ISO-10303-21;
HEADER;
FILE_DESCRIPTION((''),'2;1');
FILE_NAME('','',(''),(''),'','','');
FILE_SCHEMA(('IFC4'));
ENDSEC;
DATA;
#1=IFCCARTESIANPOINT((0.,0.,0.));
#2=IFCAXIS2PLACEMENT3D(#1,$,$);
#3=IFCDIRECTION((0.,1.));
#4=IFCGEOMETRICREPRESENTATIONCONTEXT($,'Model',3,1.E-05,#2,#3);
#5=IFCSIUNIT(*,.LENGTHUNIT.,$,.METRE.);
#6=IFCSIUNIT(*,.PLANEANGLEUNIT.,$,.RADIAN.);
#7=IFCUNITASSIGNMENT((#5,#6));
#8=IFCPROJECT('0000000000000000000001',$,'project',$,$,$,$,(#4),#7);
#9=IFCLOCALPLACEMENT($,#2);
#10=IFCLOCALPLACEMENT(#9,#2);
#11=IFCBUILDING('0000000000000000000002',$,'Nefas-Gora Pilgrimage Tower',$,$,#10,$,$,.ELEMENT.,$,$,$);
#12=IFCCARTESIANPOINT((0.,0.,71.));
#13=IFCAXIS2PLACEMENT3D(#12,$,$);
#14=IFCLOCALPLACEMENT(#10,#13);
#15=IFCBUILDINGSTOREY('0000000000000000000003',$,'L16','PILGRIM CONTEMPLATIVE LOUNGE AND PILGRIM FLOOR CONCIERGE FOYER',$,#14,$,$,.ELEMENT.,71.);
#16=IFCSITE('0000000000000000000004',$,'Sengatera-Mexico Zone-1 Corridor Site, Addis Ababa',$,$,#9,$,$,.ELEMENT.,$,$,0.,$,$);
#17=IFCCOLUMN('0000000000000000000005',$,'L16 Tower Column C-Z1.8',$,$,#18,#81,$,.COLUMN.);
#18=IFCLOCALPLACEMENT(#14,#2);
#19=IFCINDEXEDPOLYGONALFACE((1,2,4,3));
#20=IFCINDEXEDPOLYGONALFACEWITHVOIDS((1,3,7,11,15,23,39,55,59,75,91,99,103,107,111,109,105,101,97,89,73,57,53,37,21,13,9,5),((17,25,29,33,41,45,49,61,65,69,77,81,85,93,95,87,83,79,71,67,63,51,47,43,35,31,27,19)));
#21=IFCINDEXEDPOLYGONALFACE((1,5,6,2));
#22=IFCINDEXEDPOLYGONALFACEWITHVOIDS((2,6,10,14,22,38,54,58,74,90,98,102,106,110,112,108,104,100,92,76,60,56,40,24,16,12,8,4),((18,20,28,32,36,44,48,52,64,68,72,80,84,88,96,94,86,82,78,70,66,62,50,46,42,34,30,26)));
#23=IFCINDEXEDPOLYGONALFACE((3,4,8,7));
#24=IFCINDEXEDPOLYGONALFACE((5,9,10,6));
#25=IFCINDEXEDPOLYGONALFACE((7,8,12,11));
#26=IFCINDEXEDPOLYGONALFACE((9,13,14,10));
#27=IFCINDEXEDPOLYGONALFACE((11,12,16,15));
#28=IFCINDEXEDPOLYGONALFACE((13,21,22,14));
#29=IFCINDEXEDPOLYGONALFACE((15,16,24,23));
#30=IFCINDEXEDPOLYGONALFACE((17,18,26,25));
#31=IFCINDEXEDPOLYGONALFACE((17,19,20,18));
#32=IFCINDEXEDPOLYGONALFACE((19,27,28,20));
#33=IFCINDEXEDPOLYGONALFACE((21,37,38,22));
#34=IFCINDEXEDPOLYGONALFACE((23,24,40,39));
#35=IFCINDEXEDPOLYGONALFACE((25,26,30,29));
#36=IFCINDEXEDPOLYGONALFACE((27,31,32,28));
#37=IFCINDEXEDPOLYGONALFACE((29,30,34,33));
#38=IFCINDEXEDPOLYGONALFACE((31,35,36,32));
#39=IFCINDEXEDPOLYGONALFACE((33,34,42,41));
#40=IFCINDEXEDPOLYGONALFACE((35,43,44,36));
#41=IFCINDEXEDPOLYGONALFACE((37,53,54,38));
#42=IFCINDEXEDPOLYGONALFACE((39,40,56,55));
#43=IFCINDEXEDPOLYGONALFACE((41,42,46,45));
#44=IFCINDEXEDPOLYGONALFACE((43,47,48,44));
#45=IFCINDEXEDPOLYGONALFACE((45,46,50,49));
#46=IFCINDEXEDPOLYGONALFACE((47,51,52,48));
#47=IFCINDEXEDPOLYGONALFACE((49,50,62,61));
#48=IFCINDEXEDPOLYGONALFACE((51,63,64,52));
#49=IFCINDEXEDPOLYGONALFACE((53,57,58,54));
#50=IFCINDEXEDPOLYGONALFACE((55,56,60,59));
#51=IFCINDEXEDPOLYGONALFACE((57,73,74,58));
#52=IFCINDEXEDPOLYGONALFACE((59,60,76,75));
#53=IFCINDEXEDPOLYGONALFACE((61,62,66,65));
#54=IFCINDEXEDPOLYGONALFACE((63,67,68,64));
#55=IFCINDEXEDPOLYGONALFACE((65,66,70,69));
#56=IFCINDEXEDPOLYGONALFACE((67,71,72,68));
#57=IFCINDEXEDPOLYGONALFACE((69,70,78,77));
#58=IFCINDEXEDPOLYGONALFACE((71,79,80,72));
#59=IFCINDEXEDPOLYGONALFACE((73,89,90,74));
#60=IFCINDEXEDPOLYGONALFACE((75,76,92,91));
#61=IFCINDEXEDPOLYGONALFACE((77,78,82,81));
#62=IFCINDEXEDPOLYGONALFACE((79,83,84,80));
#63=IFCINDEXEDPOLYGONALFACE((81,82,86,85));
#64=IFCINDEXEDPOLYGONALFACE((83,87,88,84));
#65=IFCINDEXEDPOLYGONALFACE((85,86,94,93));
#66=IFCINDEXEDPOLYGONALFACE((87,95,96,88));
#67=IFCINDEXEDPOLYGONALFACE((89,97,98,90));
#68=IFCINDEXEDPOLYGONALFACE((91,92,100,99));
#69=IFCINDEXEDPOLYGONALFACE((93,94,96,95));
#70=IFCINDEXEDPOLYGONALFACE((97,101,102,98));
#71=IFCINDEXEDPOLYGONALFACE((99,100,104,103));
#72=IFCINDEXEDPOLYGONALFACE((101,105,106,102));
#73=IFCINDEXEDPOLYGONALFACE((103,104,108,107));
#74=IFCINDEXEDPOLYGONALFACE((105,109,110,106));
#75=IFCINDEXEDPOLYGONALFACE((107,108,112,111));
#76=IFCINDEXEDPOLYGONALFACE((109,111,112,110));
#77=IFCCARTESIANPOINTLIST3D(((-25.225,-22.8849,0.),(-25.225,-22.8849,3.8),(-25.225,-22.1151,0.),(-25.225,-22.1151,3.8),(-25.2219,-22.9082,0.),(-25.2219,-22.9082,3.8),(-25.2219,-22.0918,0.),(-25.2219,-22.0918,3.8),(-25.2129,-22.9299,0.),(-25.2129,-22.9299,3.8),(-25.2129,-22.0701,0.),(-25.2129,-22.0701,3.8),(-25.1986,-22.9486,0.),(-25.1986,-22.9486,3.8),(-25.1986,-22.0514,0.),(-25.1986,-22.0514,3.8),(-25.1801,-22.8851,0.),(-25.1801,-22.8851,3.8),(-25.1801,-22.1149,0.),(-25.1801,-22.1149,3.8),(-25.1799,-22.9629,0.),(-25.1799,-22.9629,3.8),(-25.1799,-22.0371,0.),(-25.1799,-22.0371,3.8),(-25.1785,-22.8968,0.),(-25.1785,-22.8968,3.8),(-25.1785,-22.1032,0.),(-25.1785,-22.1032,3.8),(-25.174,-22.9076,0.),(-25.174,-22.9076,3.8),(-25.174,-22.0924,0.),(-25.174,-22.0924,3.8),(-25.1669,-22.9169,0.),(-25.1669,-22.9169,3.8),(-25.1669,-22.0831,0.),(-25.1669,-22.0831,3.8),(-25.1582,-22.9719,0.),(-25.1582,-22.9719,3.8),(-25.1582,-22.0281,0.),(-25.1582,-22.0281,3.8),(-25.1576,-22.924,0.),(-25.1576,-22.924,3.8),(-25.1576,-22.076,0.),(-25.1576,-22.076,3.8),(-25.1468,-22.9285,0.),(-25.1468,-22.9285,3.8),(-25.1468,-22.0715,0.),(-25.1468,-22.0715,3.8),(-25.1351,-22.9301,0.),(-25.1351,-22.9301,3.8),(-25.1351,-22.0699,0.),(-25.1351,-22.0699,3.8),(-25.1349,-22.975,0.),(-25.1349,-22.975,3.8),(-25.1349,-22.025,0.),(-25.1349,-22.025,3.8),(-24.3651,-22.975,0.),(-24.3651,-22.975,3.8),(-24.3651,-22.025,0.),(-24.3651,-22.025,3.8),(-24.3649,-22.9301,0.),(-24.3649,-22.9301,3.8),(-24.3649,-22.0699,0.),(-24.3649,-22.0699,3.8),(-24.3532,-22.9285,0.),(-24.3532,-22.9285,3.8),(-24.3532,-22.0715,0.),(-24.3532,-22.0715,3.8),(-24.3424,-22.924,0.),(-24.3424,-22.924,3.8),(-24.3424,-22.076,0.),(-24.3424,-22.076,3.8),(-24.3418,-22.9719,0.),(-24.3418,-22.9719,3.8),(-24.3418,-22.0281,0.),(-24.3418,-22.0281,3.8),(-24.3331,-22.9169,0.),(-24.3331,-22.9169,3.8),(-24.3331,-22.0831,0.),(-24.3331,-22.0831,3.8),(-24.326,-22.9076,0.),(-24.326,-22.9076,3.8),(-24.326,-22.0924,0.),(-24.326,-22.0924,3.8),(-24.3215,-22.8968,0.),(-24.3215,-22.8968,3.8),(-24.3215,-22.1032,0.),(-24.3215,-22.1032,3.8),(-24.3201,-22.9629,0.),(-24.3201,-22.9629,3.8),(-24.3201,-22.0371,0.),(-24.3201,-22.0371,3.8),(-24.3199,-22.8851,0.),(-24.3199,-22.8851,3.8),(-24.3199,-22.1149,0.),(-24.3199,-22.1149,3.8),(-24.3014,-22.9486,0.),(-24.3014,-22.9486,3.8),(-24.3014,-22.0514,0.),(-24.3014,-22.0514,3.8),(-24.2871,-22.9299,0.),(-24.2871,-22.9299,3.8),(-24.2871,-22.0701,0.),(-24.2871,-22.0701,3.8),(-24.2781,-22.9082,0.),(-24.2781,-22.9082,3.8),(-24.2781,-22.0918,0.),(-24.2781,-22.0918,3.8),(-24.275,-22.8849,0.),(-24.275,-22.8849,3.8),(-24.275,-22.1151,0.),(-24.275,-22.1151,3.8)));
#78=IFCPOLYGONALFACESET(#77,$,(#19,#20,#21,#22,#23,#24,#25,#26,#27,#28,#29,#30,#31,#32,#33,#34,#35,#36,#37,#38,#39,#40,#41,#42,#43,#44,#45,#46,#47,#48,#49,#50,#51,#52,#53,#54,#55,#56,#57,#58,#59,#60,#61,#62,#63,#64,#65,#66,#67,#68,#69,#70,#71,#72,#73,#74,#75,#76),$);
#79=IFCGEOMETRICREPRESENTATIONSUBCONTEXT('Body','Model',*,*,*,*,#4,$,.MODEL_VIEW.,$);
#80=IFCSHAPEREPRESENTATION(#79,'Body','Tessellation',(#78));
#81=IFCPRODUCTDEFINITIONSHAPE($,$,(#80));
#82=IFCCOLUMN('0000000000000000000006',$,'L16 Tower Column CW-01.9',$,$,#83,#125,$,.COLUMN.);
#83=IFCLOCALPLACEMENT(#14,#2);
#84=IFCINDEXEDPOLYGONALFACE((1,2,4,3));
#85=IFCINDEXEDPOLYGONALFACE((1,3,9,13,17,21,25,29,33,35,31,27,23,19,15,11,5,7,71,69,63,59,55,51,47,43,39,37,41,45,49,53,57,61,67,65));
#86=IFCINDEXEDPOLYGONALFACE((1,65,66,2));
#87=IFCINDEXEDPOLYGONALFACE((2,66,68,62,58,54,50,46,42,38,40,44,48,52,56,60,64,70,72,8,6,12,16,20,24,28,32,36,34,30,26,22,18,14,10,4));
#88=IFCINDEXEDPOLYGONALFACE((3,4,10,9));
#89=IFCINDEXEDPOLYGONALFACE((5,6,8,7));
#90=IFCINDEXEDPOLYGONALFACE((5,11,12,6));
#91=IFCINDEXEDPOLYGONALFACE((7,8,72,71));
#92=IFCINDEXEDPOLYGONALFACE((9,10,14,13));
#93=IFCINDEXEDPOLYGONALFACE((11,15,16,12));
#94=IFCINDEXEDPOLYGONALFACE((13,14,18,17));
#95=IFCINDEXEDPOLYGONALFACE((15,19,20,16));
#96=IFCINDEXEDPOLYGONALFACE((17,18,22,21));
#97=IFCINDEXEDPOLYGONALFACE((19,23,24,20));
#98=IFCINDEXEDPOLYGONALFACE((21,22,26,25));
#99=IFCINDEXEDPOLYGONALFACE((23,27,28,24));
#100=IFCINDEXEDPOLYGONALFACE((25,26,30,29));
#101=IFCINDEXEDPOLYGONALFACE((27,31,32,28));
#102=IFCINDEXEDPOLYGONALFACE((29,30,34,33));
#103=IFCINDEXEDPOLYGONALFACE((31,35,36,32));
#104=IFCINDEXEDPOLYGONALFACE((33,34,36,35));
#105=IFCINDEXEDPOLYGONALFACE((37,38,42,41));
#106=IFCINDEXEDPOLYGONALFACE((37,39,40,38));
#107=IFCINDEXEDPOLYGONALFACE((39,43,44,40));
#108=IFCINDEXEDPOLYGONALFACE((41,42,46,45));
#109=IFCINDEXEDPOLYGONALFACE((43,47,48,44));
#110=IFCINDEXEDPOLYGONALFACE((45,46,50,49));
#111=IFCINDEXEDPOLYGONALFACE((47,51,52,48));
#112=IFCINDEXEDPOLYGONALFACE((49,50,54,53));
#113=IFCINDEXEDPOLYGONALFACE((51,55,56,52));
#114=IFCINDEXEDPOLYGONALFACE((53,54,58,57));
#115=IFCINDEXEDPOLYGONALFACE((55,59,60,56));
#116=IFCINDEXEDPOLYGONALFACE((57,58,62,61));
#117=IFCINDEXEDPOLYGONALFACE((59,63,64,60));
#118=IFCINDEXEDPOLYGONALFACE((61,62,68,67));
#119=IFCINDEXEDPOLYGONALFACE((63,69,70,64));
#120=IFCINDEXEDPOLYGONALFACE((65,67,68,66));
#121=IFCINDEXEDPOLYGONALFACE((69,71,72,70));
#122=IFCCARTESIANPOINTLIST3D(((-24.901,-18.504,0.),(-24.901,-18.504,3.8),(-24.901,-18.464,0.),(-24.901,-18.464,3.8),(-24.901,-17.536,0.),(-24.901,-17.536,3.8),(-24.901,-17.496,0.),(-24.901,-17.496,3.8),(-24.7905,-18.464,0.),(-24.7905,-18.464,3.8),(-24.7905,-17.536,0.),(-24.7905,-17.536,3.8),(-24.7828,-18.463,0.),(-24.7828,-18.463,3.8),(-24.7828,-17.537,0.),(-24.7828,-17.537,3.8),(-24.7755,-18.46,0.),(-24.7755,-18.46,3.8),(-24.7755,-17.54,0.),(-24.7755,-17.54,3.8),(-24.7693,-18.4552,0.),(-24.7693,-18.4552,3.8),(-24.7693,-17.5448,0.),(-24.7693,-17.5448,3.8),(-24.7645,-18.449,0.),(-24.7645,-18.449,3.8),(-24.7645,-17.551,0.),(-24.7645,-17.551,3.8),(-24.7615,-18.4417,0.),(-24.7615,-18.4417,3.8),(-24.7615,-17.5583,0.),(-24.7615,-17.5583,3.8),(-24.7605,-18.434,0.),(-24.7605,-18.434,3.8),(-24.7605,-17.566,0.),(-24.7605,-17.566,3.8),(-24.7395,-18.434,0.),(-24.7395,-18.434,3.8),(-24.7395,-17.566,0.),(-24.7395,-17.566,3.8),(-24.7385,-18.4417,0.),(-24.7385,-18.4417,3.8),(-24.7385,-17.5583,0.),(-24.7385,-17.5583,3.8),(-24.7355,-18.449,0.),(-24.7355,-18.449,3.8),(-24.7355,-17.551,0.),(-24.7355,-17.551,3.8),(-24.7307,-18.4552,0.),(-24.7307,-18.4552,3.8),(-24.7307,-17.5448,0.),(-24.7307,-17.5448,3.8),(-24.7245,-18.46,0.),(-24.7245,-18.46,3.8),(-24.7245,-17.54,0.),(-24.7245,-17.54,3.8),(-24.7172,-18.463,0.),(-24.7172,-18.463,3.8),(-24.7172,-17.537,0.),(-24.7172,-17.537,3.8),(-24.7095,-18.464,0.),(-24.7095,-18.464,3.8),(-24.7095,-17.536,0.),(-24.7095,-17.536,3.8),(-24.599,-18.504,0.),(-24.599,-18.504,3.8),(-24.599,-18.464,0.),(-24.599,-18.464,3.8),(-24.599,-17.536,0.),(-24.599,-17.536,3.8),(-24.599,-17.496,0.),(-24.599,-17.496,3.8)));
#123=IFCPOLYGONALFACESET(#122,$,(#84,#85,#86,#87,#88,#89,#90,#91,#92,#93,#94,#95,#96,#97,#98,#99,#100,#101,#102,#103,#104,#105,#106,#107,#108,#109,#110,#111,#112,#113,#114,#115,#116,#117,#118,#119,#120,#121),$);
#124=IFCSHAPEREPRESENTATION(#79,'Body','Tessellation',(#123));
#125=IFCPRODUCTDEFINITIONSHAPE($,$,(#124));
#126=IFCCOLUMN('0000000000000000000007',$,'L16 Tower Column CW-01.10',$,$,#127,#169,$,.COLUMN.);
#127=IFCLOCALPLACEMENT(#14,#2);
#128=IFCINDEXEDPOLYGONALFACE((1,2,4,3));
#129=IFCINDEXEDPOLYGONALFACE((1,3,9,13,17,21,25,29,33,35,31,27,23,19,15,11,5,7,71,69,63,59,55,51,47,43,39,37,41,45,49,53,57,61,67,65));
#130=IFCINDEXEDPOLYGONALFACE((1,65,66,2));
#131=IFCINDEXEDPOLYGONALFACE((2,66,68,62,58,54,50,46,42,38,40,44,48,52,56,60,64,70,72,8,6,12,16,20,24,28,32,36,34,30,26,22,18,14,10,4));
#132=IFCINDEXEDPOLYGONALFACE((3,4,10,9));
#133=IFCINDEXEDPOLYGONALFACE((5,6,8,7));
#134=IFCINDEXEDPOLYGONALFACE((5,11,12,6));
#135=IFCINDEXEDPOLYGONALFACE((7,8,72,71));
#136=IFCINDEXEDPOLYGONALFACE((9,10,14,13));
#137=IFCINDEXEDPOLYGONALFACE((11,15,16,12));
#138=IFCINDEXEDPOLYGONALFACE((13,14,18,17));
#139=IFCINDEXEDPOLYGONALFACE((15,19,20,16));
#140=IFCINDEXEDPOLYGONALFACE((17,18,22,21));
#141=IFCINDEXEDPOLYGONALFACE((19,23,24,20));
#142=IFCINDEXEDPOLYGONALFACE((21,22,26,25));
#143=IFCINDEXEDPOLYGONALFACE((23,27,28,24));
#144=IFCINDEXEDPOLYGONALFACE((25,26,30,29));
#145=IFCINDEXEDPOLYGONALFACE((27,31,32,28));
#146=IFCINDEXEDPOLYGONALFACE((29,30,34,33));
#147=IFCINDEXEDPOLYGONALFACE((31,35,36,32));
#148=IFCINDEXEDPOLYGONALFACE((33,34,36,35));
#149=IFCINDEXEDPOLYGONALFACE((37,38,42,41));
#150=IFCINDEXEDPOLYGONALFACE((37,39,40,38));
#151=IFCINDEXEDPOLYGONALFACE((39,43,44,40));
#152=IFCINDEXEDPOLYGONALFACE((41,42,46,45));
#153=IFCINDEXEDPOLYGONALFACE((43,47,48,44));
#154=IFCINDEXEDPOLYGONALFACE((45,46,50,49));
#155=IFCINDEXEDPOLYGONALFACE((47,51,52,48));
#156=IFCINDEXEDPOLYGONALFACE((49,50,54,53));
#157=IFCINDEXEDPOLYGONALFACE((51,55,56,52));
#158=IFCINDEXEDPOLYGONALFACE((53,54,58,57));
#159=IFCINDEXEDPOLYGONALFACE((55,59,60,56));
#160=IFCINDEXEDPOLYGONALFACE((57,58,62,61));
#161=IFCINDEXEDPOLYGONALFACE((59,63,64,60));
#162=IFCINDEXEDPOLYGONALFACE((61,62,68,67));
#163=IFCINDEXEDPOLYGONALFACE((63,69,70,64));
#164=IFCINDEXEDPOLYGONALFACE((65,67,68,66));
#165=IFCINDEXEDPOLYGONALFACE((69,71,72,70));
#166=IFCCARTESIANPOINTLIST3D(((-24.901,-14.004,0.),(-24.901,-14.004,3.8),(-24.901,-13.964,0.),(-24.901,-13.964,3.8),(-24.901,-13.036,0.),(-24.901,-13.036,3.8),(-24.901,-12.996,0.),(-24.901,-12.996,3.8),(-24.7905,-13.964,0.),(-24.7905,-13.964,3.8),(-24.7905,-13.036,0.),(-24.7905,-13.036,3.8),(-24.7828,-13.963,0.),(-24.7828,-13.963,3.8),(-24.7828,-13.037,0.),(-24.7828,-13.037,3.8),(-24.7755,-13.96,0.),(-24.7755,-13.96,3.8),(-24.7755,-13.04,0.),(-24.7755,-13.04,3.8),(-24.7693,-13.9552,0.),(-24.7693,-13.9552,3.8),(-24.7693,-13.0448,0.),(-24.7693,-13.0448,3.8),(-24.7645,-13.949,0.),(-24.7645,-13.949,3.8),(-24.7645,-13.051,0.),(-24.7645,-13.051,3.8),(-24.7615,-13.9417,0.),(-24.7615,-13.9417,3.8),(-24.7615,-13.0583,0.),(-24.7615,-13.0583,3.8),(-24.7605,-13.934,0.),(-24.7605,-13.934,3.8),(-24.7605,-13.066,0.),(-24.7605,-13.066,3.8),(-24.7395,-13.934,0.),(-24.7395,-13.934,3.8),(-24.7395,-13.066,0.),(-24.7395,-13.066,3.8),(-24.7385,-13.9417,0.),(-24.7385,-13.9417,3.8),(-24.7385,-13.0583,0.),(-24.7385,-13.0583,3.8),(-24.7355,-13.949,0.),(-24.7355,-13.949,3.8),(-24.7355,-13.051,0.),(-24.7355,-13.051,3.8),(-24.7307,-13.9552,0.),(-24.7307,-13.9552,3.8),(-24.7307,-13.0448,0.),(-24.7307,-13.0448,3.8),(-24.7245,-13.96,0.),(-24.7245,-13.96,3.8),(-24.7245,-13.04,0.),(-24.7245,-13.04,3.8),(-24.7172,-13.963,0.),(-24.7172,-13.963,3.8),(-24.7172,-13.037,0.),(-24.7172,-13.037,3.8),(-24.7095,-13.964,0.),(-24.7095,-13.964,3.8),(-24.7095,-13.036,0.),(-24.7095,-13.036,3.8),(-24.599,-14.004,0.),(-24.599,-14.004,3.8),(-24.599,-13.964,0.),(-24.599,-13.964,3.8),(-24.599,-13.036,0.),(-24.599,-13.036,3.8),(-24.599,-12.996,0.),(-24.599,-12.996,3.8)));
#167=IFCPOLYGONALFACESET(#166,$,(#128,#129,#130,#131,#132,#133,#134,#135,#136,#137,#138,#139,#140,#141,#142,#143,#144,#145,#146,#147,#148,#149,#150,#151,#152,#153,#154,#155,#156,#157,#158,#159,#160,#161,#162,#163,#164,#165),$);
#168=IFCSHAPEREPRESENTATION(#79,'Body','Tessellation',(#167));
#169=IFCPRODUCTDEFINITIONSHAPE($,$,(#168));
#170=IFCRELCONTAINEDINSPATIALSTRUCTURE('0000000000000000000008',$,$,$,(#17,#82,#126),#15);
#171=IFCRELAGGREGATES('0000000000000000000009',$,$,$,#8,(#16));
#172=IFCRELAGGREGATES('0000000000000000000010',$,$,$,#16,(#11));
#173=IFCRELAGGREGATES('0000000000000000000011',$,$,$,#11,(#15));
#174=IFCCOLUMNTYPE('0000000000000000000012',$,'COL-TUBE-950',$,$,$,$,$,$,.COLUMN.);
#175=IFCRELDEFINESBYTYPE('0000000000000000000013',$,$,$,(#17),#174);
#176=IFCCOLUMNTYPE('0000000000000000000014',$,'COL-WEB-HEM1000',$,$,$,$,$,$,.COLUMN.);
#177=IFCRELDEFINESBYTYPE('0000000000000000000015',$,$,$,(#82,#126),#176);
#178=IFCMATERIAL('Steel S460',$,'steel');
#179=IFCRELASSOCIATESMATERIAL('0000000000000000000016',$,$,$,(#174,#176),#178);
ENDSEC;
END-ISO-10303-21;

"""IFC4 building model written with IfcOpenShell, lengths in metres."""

from ifc_helpers import new_model, si_unit, direction, frame, origin, origin_2d, place, context, subcontext, project, spatial, hollow_rectangle, i_section, extrude, source, transform, mapped, material, material_profile, profile_set, type_object, element, save


model = new_model("IFC4")

# Units and contexts
model_context = context("Model", 3, precision=1e-05, world=origin(), true_north=direction((0.0, 1.0)))
body_context = subcontext(model_context, "Body", "Model", "MODEL_VIEW")
ifc_project = project(units=[si_unit("LENGTHUNIT", "METRE"), si_unit("PLANEANGLEUNIT", "RADIAN")], contexts=[model_context])

# Site, building, storey
site_placement = place(None, origin())
site = spatial("IfcSite", under=ifc_project, at=site_placement, Name="Sengatera-Mexico Zone-1 Corridor Site, Addis Ababa", CompositionType="ELEMENT", RefElevation=0.0)
building_placement = place(site_placement, origin())
building = spatial("IfcBuilding", under=site, at=building_placement, Name="Nefas-Gora Pilgrimage Tower", CompositionType="ELEMENT")
storey_placement = place(building_placement, frame((0.0, 0.0, 71.0)))
storey = spatial("IfcBuildingStorey", under=building, at=storey_placement, Name="L16", Description="PILGRIM CONTEMPLATIVE LOUNGE AND PILGRIM FLOOR CONCIERGE FOYER", CompositionType="ELEMENT", Elevation=71.0)

# Columns
ifc_material_1 = material(Name="Steel S460", Category="steel")
ifc_material_profile_1 = material_profile(ifc_material_1, hollow_rectangle(XDim=0.95, YDim=0.95, WallThickness=0.0449, InnerFilletRadius=0.0449, OuterFilletRadius=0.0901, at=origin_2d()), Name="BOX 950x950x45")
ifc_profile_set_1 = profile_set([ifc_material_profile_1], Name="Steel S460")
column_type_1 = type_object("IfcColumnType", Name="COL-TUBE-950", PredefinedType="COLUMN", material=ifc_profile_set_1)
shared_shape_1 = source(origin(), body_context, "Body", "SweptSolid", [
    extrude(hollow_rectangle(XDim=0.95, YDim=0.95, WallThickness=0.0449, InnerFilletRadius=0.0449, OuterFilletRadius=0.0901, at=origin_2d()), origin(), (0.0, 0.0, 1.0), 3.8),
])
for number, where, z_axis, x_axis, name in (
    (1, (-24.75, -22.5, 0.0), (0.0, 0.0, 1.0), (1.0, 0.0, 0.0), "L16 Tower Column C-Z1.8"),
):
    element("IfcColumn", number, at=place(storey_placement, frame(where, z_axis=z_axis, x_axis=x_axis)), inside=storey, type_object=column_type_1, Name=name, PredefinedType="COLUMN", context=body_context, shape_type="MappedRepresentation", body=[
        mapped(shared_shape_1, transform((0.0, 0.0, 0.0), x_axis=(1.0, 0.0, 0.0), y_axis=(0.0, 1.0, 0.0), z_axis=(0.0, 0.0, 1.0), scale=1.0)),
    ])
ifc_material_profile_2 = material_profile(ifc_material_1, i_section(OverallWidth=0.302, OverallDepth=1.0081, WebThickness=0.021, FlangeThickness=0.04, FilletRadius=0.03, at=origin_2d()), Name="HEM 1000")
ifc_profile_set_2 = profile_set([ifc_material_profile_2], Name="Steel S460")
column_type_2 = type_object("IfcColumnType", Name="COL-WEB-HEM1000", PredefinedType="COLUMN", material=ifc_profile_set_2)
shared_shape_2 = source(origin(), body_context, "Body", "SweptSolid", [
    extrude(i_section(OverallWidth=0.302, OverallDepth=1.0081, WebThickness=0.021, FlangeThickness=0.04, FilletRadius=0.03, at=origin_2d()), origin(), (0.0, 0.0, 1.0), 3.8),
])
for number, where, z_axis, x_axis, name in (
    (2, (-24.75, -18.0, 0.0), (0.0, 0.0, 1.0), (1.0, 0.0, 0.0), "L16 Tower Column CW-01.9"),
    (3, (-24.75, -13.5, 0.0), (0.0, 0.0, 1.0), (1.0, 0.0, 0.0), "L16 Tower Column CW-01.10"),
):
    element("IfcColumn", number, at=place(storey_placement, frame(where, z_axis=z_axis, x_axis=x_axis)), inside=storey, type_object=column_type_2, Name=name, PredefinedType="COLUMN", context=body_context, shape_type="MappedRepresentation", body=[
        mapped(shared_shape_2, transform((0.0, 0.0, 0.0), x_axis=(1.0, 0.0, 0.0), y_axis=(0.0, 1.0, 0.0), z_axis=(0.0, 0.0, 1.0), scale=1.0)),
    ])

save(model, "model.ifc")
